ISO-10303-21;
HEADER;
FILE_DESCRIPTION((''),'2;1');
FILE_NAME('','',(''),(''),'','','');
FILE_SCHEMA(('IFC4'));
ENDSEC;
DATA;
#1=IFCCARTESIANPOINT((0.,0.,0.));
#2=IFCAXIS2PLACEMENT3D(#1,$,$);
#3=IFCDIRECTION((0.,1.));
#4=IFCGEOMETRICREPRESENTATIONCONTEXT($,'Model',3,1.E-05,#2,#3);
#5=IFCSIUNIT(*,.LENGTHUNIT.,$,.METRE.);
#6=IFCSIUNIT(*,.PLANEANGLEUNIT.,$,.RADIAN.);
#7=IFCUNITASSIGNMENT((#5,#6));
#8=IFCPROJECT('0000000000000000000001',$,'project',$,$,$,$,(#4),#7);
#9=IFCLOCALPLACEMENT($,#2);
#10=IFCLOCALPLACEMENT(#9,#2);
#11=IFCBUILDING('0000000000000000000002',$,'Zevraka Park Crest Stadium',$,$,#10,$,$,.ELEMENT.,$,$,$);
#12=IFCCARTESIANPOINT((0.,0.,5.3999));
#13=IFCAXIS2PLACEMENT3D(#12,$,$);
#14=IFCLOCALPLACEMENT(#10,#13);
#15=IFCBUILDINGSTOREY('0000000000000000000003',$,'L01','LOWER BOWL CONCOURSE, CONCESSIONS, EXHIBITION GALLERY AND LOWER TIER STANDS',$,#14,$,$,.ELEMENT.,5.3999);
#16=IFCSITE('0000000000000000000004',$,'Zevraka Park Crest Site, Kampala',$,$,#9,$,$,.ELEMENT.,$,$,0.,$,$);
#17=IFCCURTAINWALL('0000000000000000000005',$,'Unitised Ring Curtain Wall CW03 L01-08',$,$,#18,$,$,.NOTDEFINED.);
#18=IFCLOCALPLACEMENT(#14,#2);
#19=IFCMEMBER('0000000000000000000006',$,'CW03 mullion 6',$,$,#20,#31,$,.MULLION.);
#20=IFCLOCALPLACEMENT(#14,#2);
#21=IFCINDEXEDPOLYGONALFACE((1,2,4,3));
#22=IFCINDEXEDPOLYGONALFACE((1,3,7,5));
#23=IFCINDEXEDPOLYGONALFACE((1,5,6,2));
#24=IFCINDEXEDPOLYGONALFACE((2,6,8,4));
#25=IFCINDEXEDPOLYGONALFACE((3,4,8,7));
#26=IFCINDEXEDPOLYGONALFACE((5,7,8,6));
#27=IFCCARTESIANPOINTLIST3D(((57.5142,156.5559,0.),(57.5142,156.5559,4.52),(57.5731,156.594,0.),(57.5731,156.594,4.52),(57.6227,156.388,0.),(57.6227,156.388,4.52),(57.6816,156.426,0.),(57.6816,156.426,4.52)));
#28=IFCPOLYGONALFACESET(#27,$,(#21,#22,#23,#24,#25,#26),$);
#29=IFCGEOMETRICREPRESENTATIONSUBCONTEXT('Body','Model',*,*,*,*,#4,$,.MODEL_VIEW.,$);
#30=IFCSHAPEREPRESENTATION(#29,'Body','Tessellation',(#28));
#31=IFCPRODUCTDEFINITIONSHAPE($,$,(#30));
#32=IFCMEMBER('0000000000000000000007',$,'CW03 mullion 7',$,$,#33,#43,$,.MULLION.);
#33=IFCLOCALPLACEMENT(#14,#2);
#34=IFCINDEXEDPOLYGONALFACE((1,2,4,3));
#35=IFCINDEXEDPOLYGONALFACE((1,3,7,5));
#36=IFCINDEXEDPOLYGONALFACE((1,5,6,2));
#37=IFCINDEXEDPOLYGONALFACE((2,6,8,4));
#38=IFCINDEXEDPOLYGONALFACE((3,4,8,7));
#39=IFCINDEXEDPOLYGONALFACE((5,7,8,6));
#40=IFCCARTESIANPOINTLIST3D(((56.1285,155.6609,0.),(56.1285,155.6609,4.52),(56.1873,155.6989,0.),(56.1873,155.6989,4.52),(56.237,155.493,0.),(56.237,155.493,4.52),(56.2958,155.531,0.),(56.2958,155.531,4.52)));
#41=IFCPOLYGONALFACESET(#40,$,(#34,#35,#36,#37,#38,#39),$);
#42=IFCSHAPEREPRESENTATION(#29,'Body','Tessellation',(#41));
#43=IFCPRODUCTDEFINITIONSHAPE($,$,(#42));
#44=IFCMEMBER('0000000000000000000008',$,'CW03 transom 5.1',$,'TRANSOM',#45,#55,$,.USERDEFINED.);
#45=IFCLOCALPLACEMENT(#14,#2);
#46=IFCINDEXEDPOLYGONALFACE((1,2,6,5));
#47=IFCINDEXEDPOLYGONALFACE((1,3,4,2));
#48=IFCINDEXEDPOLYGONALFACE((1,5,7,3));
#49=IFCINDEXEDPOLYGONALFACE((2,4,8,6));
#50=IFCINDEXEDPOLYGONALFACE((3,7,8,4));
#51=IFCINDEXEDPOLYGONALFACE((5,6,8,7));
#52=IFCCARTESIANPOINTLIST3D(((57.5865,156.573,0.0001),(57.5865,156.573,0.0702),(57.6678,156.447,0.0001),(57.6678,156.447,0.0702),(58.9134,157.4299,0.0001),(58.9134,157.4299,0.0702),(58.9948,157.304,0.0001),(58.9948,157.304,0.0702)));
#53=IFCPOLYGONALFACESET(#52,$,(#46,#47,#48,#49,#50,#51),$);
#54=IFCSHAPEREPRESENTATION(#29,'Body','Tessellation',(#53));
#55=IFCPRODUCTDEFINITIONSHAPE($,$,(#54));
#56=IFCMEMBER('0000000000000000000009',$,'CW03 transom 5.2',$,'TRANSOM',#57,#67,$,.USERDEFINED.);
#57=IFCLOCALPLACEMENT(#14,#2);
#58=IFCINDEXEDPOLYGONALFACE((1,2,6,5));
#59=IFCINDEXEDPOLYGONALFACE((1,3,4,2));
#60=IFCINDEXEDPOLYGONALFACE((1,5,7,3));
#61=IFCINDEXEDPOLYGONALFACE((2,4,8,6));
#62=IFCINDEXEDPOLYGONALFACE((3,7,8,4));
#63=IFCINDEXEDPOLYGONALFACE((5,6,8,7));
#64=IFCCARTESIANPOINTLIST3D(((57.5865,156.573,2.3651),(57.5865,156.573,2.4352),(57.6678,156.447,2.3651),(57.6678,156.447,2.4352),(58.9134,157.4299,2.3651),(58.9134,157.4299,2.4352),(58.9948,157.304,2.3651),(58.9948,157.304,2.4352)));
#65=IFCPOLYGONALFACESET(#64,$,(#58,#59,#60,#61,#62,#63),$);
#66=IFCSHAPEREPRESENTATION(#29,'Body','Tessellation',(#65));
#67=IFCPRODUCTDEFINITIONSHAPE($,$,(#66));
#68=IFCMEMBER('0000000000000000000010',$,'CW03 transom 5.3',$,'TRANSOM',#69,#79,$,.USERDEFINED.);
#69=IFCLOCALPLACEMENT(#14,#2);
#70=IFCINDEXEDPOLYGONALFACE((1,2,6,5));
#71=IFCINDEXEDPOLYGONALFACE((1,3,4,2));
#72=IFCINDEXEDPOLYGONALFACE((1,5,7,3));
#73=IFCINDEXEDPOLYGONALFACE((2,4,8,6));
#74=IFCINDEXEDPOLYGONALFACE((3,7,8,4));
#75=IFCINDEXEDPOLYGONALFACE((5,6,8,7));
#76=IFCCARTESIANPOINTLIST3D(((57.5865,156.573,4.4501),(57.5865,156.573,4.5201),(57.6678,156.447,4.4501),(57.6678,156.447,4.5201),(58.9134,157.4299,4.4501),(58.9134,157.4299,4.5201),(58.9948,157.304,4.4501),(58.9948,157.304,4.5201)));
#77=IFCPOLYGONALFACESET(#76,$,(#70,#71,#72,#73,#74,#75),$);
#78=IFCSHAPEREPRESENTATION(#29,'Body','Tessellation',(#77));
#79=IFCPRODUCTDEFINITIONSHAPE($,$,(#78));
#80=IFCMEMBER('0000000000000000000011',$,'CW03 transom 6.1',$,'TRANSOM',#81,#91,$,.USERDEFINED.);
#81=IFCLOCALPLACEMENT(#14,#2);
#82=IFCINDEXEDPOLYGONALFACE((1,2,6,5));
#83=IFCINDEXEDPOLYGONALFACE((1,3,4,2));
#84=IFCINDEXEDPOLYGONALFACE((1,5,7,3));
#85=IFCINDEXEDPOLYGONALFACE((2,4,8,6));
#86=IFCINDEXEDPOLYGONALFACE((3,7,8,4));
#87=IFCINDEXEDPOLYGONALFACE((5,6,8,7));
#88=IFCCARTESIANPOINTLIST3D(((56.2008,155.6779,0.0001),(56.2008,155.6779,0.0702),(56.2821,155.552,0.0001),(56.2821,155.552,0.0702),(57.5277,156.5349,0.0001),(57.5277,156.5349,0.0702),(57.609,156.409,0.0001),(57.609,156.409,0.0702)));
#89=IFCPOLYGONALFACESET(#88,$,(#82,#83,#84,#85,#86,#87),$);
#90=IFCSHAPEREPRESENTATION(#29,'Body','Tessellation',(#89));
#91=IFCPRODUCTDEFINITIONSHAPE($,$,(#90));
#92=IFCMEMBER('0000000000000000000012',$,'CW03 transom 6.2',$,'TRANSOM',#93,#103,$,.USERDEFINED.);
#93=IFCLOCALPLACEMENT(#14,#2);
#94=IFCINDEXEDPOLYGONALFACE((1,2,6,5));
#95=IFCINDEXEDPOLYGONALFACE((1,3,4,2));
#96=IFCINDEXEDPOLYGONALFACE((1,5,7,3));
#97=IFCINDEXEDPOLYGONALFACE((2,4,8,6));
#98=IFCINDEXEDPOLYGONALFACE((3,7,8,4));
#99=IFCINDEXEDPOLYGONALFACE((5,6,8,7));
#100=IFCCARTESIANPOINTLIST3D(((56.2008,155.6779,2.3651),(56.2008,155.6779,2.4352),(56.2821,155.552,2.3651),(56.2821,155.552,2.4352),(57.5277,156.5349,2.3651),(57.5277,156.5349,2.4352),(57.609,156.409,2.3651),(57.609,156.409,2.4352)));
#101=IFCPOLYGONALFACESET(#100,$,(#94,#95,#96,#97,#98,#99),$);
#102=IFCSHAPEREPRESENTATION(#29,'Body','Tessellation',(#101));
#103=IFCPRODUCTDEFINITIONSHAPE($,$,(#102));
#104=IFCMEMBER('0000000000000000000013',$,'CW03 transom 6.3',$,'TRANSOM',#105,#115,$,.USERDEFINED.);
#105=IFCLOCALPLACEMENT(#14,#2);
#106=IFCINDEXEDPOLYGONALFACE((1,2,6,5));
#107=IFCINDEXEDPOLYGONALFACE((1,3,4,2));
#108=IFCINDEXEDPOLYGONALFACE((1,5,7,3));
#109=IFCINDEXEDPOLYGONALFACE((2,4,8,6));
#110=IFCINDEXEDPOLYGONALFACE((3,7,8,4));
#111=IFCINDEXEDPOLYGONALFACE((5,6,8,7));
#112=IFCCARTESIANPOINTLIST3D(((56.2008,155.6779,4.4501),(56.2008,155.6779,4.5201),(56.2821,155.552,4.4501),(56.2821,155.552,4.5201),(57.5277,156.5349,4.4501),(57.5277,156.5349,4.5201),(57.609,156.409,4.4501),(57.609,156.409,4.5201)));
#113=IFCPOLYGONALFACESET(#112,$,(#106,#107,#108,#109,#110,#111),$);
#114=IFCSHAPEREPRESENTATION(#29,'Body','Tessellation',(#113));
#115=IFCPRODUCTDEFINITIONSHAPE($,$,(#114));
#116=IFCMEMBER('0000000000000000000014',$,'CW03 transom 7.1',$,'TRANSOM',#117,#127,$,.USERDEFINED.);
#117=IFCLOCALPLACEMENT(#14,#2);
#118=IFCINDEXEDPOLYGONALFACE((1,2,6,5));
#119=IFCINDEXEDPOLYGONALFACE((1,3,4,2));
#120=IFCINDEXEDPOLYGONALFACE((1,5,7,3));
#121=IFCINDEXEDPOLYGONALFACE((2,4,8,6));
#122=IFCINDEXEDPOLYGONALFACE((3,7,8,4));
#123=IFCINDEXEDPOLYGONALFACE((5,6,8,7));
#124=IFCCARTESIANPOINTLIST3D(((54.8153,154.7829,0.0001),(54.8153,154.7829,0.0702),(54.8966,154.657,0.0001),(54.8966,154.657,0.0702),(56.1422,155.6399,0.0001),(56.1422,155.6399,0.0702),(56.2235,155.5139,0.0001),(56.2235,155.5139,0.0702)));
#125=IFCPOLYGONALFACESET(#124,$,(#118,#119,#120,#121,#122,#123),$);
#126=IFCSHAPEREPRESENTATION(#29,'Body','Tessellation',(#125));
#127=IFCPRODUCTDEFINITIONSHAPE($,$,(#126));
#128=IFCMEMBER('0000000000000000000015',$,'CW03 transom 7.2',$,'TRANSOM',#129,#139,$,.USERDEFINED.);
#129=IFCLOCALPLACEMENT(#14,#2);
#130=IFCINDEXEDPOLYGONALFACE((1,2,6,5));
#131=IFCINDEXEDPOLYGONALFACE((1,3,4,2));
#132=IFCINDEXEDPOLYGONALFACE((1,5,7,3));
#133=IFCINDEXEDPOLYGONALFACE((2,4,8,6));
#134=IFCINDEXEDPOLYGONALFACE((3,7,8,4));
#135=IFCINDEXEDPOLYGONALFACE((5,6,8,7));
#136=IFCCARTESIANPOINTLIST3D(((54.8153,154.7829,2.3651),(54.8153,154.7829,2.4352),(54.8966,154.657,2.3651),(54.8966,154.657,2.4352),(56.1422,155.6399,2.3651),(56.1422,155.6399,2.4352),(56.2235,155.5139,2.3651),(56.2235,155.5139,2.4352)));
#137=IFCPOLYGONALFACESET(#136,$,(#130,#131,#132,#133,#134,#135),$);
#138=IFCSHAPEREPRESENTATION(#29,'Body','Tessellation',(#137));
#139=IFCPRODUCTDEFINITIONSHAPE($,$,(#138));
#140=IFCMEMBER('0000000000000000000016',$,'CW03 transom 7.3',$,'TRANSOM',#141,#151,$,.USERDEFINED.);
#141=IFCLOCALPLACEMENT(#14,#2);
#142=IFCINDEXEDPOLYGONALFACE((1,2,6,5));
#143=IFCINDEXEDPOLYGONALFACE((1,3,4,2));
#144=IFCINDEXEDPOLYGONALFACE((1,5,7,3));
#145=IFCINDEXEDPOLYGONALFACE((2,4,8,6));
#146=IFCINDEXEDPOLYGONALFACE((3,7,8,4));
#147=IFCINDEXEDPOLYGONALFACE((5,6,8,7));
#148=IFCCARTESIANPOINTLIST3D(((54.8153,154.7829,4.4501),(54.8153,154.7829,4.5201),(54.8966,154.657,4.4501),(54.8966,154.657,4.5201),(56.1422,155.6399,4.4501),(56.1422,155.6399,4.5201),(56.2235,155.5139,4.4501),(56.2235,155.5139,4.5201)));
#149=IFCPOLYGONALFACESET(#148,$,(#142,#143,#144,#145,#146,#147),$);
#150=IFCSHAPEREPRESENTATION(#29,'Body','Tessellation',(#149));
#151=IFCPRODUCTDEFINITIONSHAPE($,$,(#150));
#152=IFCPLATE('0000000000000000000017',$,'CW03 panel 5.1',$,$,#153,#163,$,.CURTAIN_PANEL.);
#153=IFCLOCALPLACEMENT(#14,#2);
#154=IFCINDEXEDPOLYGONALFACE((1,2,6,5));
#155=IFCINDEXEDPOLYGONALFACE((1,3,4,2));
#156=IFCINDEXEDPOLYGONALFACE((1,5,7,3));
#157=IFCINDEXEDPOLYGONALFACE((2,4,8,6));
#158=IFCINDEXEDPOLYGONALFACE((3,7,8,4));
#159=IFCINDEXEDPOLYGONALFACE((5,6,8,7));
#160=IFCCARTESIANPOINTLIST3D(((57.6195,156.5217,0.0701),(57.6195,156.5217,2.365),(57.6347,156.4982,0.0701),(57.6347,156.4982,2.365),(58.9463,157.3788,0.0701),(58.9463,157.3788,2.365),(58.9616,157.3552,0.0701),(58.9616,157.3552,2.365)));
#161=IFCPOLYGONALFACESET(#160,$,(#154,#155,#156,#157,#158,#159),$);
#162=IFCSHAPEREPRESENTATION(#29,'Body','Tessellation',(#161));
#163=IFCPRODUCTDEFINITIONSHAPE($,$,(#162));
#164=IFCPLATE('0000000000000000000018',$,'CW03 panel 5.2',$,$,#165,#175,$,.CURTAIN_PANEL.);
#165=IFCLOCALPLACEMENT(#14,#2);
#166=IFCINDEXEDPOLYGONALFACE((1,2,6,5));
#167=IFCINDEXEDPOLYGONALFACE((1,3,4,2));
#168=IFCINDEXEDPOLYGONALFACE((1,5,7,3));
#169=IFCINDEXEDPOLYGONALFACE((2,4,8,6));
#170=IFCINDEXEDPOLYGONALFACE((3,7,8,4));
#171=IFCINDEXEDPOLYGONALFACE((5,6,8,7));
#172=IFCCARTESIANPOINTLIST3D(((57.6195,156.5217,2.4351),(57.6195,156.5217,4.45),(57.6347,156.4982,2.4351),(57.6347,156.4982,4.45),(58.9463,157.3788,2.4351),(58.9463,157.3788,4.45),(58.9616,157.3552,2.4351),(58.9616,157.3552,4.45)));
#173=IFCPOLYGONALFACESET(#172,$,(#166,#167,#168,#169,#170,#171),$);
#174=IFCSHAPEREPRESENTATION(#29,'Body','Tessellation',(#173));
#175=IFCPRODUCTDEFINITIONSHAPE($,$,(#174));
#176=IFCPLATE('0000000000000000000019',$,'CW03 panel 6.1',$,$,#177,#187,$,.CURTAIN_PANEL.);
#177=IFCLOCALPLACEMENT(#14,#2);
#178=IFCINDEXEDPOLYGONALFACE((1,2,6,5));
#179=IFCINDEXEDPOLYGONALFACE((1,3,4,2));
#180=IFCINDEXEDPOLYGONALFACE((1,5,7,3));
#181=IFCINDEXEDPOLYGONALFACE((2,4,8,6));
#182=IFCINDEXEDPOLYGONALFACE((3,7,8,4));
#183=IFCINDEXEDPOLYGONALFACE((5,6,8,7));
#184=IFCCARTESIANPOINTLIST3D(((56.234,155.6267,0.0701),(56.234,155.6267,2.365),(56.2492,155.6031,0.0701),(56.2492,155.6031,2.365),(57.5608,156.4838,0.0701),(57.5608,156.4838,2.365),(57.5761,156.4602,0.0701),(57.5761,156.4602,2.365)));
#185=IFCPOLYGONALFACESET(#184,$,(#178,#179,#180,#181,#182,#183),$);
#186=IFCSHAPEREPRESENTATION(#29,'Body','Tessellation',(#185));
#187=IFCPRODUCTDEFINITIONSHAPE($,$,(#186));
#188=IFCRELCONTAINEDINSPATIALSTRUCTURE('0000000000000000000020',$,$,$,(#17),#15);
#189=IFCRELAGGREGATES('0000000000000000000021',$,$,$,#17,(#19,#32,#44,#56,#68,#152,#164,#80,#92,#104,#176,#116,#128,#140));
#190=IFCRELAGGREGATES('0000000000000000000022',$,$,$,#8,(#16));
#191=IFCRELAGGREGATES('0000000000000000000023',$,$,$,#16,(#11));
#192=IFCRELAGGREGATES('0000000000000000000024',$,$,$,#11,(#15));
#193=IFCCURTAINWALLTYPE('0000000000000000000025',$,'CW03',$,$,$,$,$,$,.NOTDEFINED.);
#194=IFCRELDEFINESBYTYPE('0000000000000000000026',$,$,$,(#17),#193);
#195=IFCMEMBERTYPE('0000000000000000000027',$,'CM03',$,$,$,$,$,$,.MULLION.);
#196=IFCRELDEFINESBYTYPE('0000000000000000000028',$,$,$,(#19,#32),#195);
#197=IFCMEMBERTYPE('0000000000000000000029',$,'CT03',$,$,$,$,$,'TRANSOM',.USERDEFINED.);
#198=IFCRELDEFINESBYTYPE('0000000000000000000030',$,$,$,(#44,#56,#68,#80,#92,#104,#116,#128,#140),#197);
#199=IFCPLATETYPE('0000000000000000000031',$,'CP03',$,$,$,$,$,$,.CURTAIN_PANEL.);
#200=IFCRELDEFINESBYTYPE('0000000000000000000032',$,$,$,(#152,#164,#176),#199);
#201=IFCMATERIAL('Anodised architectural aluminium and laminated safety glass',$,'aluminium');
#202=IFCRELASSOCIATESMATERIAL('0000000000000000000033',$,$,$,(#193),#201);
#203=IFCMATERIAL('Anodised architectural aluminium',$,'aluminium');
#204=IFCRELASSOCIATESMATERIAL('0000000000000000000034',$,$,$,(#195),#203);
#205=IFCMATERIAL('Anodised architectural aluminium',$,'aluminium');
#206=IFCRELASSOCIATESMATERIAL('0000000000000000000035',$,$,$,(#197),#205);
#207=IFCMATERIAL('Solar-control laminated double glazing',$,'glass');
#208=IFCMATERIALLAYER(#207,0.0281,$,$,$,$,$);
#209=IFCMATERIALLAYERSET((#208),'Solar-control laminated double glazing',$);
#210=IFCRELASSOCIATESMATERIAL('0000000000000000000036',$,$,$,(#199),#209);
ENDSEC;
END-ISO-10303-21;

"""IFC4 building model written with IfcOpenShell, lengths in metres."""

from ifc_helpers import new_model, si_unit, direction, frame, origin, origin_2d, place, context, subcontext, project, spatial, rectangle, extrude, material, layer, layer_set, material_profile, profile_set, type_object, element, aggregate, save


model = new_model("IFC4")

# Units and contexts
model_context = context("Model", 3, precision=1e-05, world=origin(), true_north=direction((0.0, 1.0)))
body_context = subcontext(model_context, "Body", "Model", "MODEL_VIEW")
ifc_project = project(units=[si_unit("LENGTHUNIT", "METRE"), si_unit("PLANEANGLEUNIT", "RADIAN")], contexts=[model_context])

# Site, building, storey
site_placement = place(None, origin())
site = spatial("IfcSite", under=ifc_project, at=site_placement, Name="Zevraka Park Crest Site, Kampala", CompositionType="ELEMENT", RefElevation=0.0)
building_placement = place(site_placement, origin())
building = spatial("IfcBuilding", under=site, at=building_placement, Name="Zevraka Park Crest Stadium", CompositionType="ELEMENT")
storey_placement = place(building_placement, frame((0.0, 0.0, 5.3999)))
storey = spatial("IfcBuildingStorey", under=building, at=storey_placement, Name="L01", Description="LOWER BOWL CONCOURSE, CONCESSIONS, EXHIBITION GALLERY AND LOWER TIER STANDS", CompositionType="ELEMENT", Elevation=5.3999)

# Curtain wall, members, plates
ifc_material_1 = material(Name="Anodised architectural aluminium and laminated safety glass", Category="aluminium")
curtain_wall_type = type_object("IfcCurtainWallType", Name="CW03", PredefinedType="NOTDEFINED", material=ifc_material_1)
curtain_wall_placement = place(storey_placement, origin())
curtain_wall = element("IfcCurtainWall", 1, at=curtain_wall_placement, inside=storey, type_object=curtain_wall_type, Name="Unitised Ring Curtain Wall CW03 L01-08", PredefinedType="NOTDEFINED")
ifc_material_2 = material(Name="Anodised architectural aluminium", Category="aluminium")
ifc_material_profile_1 = material_profile(ifc_material_2, rectangle(XDim=0.2, YDim=0.0701, at=origin_2d()), Name="ALU MULLION 200x70")
ifc_profile_set_1 = profile_set([ifc_material_profile_1], Name="Anodised architectural aluminium")
member_type_1 = type_object("IfcMemberType", Name="CM03", PredefinedType="MULLION", material=ifc_profile_set_1)
member_1_placement = place(storey_placement, frame((57.5979, 156.491, 0.0), z_axis=(0.0, 0.0, 1.0), x_axis=(0.542571, -0.84001, 0.0)))
member_1 = element("IfcMember", 2, at=member_1_placement, type_object=member_type_1, Name="CW03 mullion 6", PredefinedType="MULLION", context=body_context, shape_type="SweptSolid", body=[
    extrude(rectangle(XDim=0.2, YDim=0.0701, at=origin_2d()), origin(), (0.0, 0.0, 1.0), 4.52),
])
member_2_placement = place(storey_placement, frame((56.2122, 155.5959, 0.0), z_axis=(0.0, 0.0, 1.0), x_axis=(0.542571, -0.84001, 0.0)))
member_2 = element("IfcMember", 3, at=member_2_placement, type_object=member_type_1, Name="CW03 mullion 7", PredefinedType="MULLION", context=body_context, shape_type="SweptSolid", body=[
    extrude(rectangle(XDim=0.2, YDim=0.0701, at=origin_2d()), origin(), (0.0, 0.0, 1.0), 4.52),
])
ifc_material_3 = material(Name="Anodised architectural aluminium", Category="aluminium")
ifc_material_profile_2 = material_profile(ifc_material_3, rectangle(XDim=0.1499, YDim=0.0701, at=origin_2d()), Name="ALU TRANSOM 150x70")
ifc_profile_set_2 = profile_set([ifc_material_profile_2], Name="Anodised architectural aluminium")
member_type_2 = type_object("IfcMemberType", Name="CT03", ElementType="TRANSOM", PredefinedType="USERDEFINED", material=ifc_profile_set_2)
member_3_placement = place(storey_placement, frame((58.9541, 157.3669, 0.0352), z_axis=(-0.840047, -0.542514, 0.0), x_axis=(0.542514, -0.840047, 0.0)))
member_3 = element("IfcMember", 4, at=member_3_placement, type_object=member_type_2, Name="CW03 transom 5.1", ObjectType="TRANSOM", PredefinedType="USERDEFINED", context=body_context, shape_type="SweptSolid", body=[
    extrude(rectangle(XDim=0.1499, YDim=0.0701, at=origin_2d()), origin(), (0.0, 0.0, 1.0), 1.5796),
])
member_4_placement = place(storey_placement, frame((58.9541, 157.3669, 2.4001), z_axis=(-0.840047, -0.542514, 0.0), x_axis=(0.542514, -0.840047, 0.0)))
member_4 = element("IfcMember", 5, at=member_4_placement, type_object=member_type_2, Name="CW03 transom 5.2", ObjectType="TRANSOM", PredefinedType="USERDEFINED", context=body_context, shape_type="SweptSolid", body=[
    extrude(rectangle(XDim=0.1499, YDim=0.0701, at=origin_2d()), origin(), (0.0, 0.0, 1.0), 1.5796),
])
member_5_placement = place(storey_placement, frame((58.9541, 157.3669, 4.4851), z_axis=(-0.840047, -0.542514, 0.0), x_axis=(0.542514, -0.840047, 0.0)))
member_5 = element("IfcMember", 6, at=member_5_placement, type_object=member_type_2, Name="CW03 transom 5.3", ObjectType="TRANSOM", PredefinedType="USERDEFINED", context=body_context, shape_type="SweptSolid", body=[
    extrude(rectangle(XDim=0.1499, YDim=0.0701, at=origin_2d()), origin(), (0.0, 0.0, 1.0), 1.5796),
])
member_6_placement = place(storey_placement, frame((57.5684, 156.4719, 0.0352), z_axis=(-0.840047, -0.542514, 0.0), x_axis=(0.542514, -0.840047, 0.0)))
member_6 = element("IfcMember", 7, at=member_6_placement, type_object=member_type_2, Name="CW03 transom 6.1", ObjectType="TRANSOM", PredefinedType="USERDEFINED", context=body_context, shape_type="SweptSolid", body=[
    extrude(rectangle(XDim=0.1499, YDim=0.0701, at=origin_2d()), origin(), (0.0, 0.0, 1.0), 1.5796),
])
member_7_placement = place(storey_placement, frame((57.5684, 156.4719, 2.4001), z_axis=(-0.840047, -0.542514, 0.0), x_axis=(0.542514, -0.840047, 0.0)))
member_7 = element("IfcMember", 8, at=member_7_placement, type_object=member_type_2, Name="CW03 transom 6.2", ObjectType="TRANSOM", PredefinedType="USERDEFINED", context=body_context, shape_type="SweptSolid", body=[
    extrude(rectangle(XDim=0.1499, YDim=0.0701, at=origin_2d()), origin(), (0.0, 0.0, 1.0), 1.5796),
])
member_8_placement = place(storey_placement, frame((57.5684, 156.4719, 4.4851), z_axis=(-0.840047, -0.542514, 0.0), x_axis=(0.542514, -0.840047, 0.0)))
member_8 = element("IfcMember", 9, at=member_8_placement, type_object=member_type_2, Name="CW03 transom 6.3", ObjectType="TRANSOM", PredefinedType="USERDEFINED", context=body_context, shape_type="SweptSolid", body=[
    extrude(rectangle(XDim=0.1499, YDim=0.0701, at=origin_2d()), origin(), (0.0, 0.0, 1.0), 1.5796),
])
member_9_placement = place(storey_placement, frame((56.1829, 155.5769, 0.0352), z_axis=(-0.840047, -0.542514, 0.0), x_axis=(0.542514, -0.840047, 0.0)))
member_9 = element("IfcMember", 10, at=member_9_placement, type_object=member_type_2, Name="CW03 transom 7.1", ObjectType="TRANSOM", PredefinedType="USERDEFINED", context=body_context, shape_type="SweptSolid", body=[
    extrude(rectangle(XDim=0.1499, YDim=0.0701, at=origin_2d()), origin(), (0.0, 0.0, 1.0), 1.5796),
])
member_10_placement = place(storey_placement, frame((56.1829, 155.5769, 2.4001), z_axis=(-0.840047, -0.542514, 0.0), x_axis=(0.542514, -0.840047, 0.0)))
member_10 = element("IfcMember", 11, at=member_10_placement, type_object=member_type_2, Name="CW03 transom 7.2", ObjectType="TRANSOM", PredefinedType="USERDEFINED", context=body_context, shape_type="SweptSolid", body=[
    extrude(rectangle(XDim=0.1499, YDim=0.0701, at=origin_2d()), origin(), (0.0, 0.0, 1.0), 1.5796),
])
member_11_placement = place(storey_placement, frame((56.1829, 155.5769, 4.4851), z_axis=(-0.840047, -0.542514, 0.0), x_axis=(0.542514, -0.840047, 0.0)))
member_11 = element("IfcMember", 12, at=member_11_placement, type_object=member_type_2, Name="CW03 transom 7.3", ObjectType="TRANSOM", PredefinedType="USERDEFINED", context=body_context, shape_type="SweptSolid", body=[
    extrude(rectangle(XDim=0.1499, YDim=0.0701, at=origin_2d()), origin(), (0.0, 0.0, 1.0), 1.5796),
])
ifc_material_4 = material(Name="Solar-control laminated double glazing", Category="glass")
ifc_layer_1 = layer(ifc_material_4, 0.0281)
ifc_layer_set_1 = layer_set([ifc_layer_1], Name="Solar-control laminated double glazing")
plate_type = type_object("IfcPlateType", Name="CP03", PredefinedType="CURTAIN_PANEL", material=ifc_layer_set_1)
plate_1_placement = place(storey_placement, frame((58.2905, 156.9385, 0.0701), z_axis=(0.0, 0.0, 1.0), x_axis=(-0.84001, -0.542571, 0.0)))
plate_1 = element("IfcPlate", 13, at=plate_1_placement, type_object=plate_type, Name="CW03 panel 5.1", PredefinedType="CURTAIN_PANEL", context=body_context, shape_type="SweptSolid", body=[
    extrude(rectangle(XDim=1.5796, YDim=0.0281, at=origin_2d()), origin(), (0.0, 0.0, 1.0), 2.2949),
])
plate_2_placement = place(storey_placement, frame((58.2905, 156.9385, 2.4351), z_axis=(0.0, 0.0, 1.0), x_axis=(-0.84001, -0.542571, 0.0)))
plate_2 = element("IfcPlate", 14, at=plate_2_placement, type_object=plate_type, Name="CW03 panel 5.2", PredefinedType="CURTAIN_PANEL", context=body_context, shape_type="SweptSolid", body=[
    extrude(rectangle(XDim=1.5796, YDim=0.0281, at=origin_2d()), origin(), (0.0, 0.0, 1.0), 2.0149),
])
plate_3_placement = place(storey_placement, frame((56.905, 156.0435, 0.0701), z_axis=(0.0, 0.0, 1.0), x_axis=(-0.84001, -0.542571, 0.0)))
plate_3 = element("IfcPlate", 15, at=plate_3_placement, type_object=plate_type, Name="CW03 panel 6.1", PredefinedType="CURTAIN_PANEL", context=body_context, shape_type="SweptSolid", body=[
    extrude(rectangle(XDim=1.5796, YDim=0.0281, at=origin_2d()), origin(), (0.0, 0.0, 1.0), 2.2949),
])
aggregate(curtain_wall, [member_1, member_2, member_3, member_4, member_5, plate_1, plate_2, member_6, member_7, member_8, plate_3, member_9, member_10, member_11])

save(model, "model.ifc")
